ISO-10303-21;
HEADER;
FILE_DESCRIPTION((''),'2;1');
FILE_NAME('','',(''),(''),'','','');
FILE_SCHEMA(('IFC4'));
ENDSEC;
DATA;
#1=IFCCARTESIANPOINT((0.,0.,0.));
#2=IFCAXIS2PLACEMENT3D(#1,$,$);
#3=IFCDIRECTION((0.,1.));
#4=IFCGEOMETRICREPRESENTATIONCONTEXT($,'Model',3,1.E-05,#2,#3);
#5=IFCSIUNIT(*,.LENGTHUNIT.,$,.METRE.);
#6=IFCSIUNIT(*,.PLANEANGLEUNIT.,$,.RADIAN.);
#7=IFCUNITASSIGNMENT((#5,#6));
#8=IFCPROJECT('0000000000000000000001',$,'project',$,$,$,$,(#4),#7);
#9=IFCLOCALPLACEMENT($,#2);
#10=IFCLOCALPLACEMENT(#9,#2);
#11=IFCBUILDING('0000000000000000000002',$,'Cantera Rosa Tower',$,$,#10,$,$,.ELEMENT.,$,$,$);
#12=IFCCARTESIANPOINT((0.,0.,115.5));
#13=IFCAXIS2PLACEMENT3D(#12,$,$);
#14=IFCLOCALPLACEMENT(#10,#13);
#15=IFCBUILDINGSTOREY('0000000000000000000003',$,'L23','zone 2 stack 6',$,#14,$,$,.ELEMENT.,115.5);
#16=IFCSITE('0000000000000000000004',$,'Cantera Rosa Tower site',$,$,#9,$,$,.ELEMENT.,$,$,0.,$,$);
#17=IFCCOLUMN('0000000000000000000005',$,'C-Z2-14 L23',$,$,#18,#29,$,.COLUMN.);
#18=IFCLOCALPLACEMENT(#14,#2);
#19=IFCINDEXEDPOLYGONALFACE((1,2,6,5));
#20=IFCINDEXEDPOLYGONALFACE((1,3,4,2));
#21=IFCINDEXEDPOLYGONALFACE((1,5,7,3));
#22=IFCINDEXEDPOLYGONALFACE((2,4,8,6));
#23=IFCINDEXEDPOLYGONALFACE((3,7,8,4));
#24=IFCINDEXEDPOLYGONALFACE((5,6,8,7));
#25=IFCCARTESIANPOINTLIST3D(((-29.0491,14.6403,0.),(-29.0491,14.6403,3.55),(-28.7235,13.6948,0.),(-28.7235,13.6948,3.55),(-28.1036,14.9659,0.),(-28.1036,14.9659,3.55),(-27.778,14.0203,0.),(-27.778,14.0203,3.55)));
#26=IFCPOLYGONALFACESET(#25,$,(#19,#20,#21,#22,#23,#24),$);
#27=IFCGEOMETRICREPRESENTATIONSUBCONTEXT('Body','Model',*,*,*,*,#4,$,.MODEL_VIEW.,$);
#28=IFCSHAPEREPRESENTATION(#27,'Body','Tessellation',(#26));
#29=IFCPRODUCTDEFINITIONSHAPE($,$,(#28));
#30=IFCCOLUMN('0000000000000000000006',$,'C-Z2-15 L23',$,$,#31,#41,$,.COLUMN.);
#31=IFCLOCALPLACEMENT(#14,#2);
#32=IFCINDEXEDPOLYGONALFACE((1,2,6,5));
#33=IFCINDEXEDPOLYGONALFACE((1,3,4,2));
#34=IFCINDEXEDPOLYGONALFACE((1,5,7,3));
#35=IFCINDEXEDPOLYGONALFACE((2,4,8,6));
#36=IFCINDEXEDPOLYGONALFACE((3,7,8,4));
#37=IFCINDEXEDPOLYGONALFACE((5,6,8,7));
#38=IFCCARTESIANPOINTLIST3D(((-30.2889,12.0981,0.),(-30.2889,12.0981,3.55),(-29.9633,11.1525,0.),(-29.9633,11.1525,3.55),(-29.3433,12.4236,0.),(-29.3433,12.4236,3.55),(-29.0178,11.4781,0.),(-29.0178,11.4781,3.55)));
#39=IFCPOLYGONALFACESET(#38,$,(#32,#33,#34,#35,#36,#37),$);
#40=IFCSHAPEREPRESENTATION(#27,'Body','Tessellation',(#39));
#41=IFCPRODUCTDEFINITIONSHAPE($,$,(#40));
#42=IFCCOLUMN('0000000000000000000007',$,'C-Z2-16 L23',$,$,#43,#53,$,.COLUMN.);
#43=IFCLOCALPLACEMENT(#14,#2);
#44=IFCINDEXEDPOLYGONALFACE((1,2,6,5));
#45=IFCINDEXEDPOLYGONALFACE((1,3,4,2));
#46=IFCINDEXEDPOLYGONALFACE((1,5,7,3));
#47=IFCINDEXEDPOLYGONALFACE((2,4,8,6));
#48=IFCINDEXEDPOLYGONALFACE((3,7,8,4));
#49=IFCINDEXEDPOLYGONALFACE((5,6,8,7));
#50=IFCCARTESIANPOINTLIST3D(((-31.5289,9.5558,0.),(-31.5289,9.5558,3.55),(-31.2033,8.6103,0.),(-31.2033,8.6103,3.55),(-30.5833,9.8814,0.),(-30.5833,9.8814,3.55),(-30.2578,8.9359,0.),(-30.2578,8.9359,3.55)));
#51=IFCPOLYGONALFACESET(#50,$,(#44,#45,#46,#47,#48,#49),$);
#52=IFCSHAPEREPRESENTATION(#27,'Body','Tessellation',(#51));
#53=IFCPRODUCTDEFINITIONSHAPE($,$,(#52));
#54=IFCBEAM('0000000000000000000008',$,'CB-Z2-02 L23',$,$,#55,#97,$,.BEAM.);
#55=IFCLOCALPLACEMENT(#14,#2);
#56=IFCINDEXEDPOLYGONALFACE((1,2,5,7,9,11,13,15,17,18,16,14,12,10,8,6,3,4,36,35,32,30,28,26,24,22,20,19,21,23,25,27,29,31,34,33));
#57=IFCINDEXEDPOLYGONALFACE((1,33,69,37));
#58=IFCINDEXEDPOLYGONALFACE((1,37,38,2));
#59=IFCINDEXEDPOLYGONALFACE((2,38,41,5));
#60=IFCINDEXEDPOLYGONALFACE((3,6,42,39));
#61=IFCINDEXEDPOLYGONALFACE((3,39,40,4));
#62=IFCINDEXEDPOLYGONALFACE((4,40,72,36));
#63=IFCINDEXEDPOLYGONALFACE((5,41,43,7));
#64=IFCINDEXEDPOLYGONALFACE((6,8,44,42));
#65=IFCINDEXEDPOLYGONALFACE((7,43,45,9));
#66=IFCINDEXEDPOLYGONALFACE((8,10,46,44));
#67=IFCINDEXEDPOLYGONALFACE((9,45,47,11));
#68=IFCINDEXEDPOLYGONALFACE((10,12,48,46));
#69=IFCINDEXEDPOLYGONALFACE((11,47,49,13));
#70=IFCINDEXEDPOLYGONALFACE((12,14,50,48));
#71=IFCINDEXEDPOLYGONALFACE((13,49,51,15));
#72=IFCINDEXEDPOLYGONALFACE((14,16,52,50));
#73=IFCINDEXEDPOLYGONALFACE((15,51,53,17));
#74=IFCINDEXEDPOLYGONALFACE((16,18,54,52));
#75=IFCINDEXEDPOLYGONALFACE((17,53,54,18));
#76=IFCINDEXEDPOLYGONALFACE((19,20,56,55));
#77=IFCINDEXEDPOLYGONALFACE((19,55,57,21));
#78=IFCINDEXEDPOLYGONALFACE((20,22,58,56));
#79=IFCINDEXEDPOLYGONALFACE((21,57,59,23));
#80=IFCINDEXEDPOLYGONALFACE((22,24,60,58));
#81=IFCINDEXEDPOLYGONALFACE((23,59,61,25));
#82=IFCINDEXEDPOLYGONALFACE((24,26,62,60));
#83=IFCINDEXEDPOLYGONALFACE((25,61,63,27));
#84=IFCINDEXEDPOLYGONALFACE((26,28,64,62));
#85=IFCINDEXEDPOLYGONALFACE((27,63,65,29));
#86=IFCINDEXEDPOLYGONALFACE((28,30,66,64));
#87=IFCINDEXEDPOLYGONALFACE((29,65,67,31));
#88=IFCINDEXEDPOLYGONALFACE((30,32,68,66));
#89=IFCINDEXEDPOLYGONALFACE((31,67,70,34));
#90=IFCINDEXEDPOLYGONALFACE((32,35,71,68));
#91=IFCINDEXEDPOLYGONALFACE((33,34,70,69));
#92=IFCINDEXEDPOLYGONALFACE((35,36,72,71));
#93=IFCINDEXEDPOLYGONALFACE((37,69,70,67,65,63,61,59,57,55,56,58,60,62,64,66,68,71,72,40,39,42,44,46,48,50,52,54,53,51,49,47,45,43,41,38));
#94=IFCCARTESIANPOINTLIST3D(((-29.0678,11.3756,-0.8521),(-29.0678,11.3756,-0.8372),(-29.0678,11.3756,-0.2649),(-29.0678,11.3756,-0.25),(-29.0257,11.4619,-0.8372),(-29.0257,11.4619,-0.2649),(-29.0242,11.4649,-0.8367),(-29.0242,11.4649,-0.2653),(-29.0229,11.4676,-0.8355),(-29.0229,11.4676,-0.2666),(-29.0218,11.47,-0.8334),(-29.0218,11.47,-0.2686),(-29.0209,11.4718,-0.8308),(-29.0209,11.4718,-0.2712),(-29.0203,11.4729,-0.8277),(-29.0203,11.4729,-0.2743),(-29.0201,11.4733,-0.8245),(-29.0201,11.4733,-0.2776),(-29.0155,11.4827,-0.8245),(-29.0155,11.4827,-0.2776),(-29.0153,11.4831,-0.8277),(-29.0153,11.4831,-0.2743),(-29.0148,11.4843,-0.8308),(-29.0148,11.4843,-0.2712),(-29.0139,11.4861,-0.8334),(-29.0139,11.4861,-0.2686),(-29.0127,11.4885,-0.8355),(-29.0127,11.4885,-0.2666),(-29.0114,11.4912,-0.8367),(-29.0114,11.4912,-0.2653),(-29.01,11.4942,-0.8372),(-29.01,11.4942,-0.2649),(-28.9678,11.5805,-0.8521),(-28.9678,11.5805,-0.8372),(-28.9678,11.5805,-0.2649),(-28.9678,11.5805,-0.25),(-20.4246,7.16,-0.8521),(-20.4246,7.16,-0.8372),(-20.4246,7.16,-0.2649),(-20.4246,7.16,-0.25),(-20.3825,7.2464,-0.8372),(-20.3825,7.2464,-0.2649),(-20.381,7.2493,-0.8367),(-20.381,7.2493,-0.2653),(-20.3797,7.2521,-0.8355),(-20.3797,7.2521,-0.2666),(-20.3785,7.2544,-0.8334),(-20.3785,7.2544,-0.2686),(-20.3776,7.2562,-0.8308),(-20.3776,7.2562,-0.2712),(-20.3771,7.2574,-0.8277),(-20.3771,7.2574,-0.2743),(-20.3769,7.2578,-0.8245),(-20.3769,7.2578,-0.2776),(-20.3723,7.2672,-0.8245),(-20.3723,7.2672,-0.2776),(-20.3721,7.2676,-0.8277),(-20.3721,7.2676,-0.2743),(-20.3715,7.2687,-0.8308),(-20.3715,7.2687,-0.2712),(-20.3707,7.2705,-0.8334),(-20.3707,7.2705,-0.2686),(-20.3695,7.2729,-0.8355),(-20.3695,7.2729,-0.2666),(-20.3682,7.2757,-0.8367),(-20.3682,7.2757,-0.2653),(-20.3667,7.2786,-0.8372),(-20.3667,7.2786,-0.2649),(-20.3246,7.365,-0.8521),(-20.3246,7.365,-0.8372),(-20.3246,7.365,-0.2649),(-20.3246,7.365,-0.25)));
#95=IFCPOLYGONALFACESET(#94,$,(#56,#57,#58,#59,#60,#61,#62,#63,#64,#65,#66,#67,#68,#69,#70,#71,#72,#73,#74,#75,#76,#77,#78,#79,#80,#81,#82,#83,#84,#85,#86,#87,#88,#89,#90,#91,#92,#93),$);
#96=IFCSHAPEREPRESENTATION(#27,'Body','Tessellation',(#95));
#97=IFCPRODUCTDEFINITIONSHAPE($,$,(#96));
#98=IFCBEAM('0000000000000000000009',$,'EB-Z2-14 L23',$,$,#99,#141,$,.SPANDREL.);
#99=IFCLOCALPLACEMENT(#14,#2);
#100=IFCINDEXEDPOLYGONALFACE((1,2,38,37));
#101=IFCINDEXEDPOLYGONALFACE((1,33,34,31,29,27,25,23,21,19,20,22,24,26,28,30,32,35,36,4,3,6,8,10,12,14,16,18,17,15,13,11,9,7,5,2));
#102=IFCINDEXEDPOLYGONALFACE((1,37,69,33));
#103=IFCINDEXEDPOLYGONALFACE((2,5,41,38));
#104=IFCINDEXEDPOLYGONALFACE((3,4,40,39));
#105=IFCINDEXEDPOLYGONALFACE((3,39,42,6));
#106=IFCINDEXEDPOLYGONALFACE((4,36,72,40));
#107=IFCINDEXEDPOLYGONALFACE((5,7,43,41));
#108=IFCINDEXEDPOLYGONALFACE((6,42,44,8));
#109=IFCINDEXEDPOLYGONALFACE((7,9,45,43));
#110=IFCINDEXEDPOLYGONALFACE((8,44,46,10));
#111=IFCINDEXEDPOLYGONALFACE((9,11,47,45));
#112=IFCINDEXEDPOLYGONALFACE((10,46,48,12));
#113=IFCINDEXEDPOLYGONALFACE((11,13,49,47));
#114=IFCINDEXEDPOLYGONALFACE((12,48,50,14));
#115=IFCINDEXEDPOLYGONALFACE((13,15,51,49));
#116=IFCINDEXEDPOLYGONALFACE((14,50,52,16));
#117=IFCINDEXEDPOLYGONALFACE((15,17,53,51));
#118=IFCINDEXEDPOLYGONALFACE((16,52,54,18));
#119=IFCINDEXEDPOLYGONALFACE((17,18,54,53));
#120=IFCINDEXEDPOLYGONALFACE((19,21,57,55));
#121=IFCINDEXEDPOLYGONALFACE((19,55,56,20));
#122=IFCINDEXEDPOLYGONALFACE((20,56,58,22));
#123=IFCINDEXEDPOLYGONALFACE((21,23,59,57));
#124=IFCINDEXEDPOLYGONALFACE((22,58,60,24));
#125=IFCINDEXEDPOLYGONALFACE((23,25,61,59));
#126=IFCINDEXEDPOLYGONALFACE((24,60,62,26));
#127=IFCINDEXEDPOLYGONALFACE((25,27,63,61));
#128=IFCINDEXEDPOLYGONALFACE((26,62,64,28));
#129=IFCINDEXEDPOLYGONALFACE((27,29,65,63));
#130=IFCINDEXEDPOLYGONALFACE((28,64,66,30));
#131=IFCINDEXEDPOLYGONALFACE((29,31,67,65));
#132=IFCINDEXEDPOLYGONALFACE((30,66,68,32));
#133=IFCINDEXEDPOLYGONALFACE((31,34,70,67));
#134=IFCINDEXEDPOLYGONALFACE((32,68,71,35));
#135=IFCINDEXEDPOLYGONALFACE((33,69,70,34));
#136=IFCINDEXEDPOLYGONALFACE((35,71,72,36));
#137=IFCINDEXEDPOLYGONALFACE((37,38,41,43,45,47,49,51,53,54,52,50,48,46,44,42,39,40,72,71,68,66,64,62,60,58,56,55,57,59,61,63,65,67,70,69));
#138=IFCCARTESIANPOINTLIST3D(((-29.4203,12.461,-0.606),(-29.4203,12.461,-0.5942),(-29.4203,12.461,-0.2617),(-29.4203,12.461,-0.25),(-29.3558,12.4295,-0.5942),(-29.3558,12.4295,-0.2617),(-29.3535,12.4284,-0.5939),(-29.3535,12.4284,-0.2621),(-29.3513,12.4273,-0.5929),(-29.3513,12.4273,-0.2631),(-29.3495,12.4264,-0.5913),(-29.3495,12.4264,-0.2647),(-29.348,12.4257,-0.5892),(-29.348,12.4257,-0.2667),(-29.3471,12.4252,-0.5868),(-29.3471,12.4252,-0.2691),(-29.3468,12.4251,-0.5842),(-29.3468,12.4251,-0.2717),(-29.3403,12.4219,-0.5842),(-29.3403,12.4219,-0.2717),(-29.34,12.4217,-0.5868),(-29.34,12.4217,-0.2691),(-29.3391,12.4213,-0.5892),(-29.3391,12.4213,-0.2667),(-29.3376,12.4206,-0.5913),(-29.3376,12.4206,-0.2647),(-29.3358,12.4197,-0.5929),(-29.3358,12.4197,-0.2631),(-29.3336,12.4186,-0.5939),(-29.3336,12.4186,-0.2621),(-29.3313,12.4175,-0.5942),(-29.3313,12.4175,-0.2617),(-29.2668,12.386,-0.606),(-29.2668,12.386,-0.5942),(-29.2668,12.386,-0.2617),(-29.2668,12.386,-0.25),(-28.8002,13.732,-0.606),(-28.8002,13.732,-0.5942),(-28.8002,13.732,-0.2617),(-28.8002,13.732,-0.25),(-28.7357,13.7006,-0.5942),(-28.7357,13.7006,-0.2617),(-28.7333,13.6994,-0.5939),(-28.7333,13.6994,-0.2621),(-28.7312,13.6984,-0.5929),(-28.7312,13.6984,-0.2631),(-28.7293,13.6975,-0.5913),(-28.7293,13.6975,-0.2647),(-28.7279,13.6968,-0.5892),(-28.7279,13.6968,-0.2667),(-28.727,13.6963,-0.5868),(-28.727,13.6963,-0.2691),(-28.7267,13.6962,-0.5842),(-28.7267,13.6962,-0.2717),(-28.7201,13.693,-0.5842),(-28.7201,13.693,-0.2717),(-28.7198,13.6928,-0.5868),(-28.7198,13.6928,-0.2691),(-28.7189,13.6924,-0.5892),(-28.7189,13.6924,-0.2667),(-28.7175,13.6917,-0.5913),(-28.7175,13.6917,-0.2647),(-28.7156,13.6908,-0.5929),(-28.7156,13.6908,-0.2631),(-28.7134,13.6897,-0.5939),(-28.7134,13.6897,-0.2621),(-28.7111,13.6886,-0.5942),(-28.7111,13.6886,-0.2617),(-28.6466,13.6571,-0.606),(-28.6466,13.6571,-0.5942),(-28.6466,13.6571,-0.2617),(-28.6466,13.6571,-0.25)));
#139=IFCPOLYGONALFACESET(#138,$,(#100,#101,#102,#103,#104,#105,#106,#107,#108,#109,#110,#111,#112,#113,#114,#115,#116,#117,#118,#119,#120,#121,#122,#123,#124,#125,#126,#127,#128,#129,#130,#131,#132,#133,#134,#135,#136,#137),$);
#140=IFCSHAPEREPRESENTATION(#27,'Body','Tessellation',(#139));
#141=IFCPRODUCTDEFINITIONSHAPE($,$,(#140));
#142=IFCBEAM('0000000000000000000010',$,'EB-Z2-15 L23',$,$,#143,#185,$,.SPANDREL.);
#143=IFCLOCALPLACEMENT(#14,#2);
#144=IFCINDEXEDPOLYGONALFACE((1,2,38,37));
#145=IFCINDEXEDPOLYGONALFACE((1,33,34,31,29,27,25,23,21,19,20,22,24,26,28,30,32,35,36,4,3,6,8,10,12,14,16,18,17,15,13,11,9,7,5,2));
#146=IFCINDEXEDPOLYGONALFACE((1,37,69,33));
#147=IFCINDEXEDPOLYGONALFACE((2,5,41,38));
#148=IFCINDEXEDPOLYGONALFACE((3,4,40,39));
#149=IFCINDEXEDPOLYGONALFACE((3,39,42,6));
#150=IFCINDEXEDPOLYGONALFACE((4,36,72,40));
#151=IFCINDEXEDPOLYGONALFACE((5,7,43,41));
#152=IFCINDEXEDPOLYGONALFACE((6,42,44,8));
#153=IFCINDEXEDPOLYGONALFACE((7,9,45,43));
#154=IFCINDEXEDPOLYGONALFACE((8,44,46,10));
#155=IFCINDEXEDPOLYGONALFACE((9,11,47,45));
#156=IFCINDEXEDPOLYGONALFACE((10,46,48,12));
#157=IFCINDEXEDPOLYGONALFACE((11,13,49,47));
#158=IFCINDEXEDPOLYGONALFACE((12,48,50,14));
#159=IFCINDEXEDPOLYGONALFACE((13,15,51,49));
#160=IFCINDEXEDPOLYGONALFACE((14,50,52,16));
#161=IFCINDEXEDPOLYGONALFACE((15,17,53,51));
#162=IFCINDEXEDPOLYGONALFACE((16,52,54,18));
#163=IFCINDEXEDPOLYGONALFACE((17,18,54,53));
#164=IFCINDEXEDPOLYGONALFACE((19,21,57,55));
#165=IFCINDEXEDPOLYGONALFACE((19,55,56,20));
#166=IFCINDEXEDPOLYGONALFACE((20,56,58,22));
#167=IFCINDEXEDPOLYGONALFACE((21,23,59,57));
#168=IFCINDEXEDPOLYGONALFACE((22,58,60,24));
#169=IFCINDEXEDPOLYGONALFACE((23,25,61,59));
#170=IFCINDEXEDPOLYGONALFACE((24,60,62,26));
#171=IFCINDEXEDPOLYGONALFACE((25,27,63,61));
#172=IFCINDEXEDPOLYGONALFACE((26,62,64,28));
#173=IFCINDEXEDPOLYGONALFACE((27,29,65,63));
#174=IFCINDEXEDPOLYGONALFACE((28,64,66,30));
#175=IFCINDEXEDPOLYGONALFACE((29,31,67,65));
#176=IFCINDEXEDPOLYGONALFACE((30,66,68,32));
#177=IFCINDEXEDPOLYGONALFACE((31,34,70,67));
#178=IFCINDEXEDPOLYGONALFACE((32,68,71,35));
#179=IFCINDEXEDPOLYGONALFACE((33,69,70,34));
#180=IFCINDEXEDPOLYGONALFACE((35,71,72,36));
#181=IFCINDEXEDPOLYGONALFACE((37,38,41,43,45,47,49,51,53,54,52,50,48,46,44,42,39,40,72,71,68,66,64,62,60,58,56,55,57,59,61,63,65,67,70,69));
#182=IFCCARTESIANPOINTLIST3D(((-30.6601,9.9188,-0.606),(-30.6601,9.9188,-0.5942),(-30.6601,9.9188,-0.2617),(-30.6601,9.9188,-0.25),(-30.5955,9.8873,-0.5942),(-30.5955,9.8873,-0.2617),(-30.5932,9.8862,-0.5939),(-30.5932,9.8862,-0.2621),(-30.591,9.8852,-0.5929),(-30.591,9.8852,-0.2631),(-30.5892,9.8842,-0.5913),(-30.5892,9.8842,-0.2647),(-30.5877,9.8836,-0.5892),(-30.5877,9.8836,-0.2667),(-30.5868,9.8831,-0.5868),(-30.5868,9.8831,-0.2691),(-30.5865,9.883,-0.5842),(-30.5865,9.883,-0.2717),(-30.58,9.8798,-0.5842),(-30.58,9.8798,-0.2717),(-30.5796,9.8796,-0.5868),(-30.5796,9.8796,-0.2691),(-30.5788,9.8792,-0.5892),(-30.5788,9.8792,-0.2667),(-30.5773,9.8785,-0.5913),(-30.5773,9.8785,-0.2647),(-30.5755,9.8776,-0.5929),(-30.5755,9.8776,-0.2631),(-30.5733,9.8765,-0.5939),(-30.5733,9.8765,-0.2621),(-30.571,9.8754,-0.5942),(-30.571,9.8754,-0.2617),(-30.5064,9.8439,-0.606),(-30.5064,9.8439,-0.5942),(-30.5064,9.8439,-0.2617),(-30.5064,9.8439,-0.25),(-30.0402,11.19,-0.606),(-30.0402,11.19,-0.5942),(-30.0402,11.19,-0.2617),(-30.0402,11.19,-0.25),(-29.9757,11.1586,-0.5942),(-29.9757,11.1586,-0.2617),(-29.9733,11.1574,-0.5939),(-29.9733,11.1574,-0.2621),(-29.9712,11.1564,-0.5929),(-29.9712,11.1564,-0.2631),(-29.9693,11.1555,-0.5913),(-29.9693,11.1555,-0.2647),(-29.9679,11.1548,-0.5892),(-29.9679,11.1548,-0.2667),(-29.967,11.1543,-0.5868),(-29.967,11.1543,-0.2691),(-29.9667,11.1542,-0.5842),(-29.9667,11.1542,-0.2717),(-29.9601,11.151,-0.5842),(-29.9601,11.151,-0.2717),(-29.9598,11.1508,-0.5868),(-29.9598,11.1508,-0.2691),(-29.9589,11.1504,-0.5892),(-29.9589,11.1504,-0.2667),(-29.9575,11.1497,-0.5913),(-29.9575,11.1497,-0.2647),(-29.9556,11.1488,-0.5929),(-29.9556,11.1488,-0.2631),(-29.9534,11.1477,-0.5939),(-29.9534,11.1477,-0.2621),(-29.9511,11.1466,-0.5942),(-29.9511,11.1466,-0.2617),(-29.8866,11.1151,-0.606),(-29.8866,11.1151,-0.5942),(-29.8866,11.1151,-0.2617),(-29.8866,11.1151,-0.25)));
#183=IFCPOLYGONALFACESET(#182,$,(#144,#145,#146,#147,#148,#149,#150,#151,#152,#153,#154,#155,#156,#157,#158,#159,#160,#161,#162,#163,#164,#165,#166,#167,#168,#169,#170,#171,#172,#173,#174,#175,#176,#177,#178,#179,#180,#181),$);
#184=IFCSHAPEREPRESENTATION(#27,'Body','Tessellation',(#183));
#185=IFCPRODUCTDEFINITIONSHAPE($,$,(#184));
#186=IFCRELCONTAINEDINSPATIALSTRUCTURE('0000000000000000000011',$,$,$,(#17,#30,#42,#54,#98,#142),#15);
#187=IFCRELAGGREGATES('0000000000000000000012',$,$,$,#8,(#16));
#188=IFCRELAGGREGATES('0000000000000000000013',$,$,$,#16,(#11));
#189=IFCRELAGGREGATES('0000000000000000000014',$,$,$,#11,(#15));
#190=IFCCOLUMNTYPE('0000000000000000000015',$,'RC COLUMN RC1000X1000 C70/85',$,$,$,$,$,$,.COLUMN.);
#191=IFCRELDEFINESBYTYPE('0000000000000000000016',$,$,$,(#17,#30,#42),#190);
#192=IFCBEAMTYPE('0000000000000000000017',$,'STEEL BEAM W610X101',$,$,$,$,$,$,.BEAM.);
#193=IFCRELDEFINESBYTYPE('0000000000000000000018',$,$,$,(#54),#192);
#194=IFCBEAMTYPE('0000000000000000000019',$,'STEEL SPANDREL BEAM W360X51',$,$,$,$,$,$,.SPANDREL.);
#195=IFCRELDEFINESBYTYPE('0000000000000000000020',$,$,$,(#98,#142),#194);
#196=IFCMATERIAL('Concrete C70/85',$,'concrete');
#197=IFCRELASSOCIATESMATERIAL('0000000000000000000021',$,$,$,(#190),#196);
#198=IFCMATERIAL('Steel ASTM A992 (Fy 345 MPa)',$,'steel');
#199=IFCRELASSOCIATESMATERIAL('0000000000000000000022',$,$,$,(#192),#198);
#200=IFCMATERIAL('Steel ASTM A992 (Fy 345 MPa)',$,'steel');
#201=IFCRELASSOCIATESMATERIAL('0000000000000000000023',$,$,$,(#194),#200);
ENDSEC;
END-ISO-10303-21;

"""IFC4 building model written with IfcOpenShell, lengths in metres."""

from ifc_helpers import new_model, si_unit, direction, frame, origin, origin_2d, place, context, subcontext, project, spatial, rectangle, i_section, extrude, material, material_profile, profile_set, type_object, element, save


model = new_model("IFC4")

# Units and contexts
model_context = context("Model", 3, precision=1e-05, world=origin(), true_north=direction((0.0, 1.0)))
body_context = subcontext(model_context, "Body", "Model", "MODEL_VIEW")
ifc_project = project(units=[si_unit("LENGTHUNIT", "METRE"), si_unit("PLANEANGLEUNIT", "RADIAN")], contexts=[model_context])

# Site, building, storey
site_placement = place(None, origin())
site = spatial("IfcSite", under=ifc_project, at=site_placement, Name="Cantera Rosa Tower site", CompositionType="ELEMENT", RefElevation=0.0)
building_placement = place(site_placement, origin())
building = spatial("IfcBuilding", under=site, at=building_placement, Name="Cantera Rosa Tower", CompositionType="ELEMENT")
storey_placement = place(building_placement, frame((0.0, 0.0, 115.5)))
storey = spatial("IfcBuildingStorey", under=building, at=storey_placement, Name="L23", Description="zone 2 stack 6", CompositionType="ELEMENT", Elevation=115.5)

# Columns
ifc_material_1 = material(Name="Concrete C70/85", Category="concrete")
ifc_material_profile_1 = material_profile(ifc_material_1, rectangle(XDim=1.0, YDim=1.0, at=origin_2d()), Name="RC COLUMN RC1000X1000 C70/85")
ifc_profile_set_1 = profile_set([ifc_material_profile_1], Name="Concrete C70/85")
column_type = type_object("IfcColumnType", Name="RC COLUMN RC1000X1000 C70/85", PredefinedType="COLUMN", material=ifc_profile_set_1)
for number, where, z_axis, x_axis, name in (
    (1, (-28.4136, 14.3303, 0.0), (0.0, 0.0, 1.0), (0.945519, 0.325568, 0.0), "C-Z2-14 L23"),
    (2, (-29.6533, 11.7881, 0.0), (0.0, 0.0, 1.0), (0.945519, 0.325568, 0.0), "C-Z2-15 L23"),
    (3, (-30.8933, 9.2458, 0.0), (0.0, 0.0, 1.0), (0.945519, 0.325568, 0.0), "C-Z2-16 L23"),
):
    element("IfcColumn", number, at=place(storey_placement, frame(where, z_axis=z_axis, x_axis=x_axis)), inside=storey, type_object=column_type, Name=name, PredefinedType="COLUMN", context=body_context, shape_type="SweptSolid", body=[
        extrude(rectangle(XDim=1.0, YDim=1.0, at=origin_2d()), origin(), (0.0, 0.0, 1.0), 3.55),
    ])

# Beams
ifc_material_2 = material(Name="Steel ASTM A992 (Fy 345 MPa)", Category="steel")
ifc_material_profile_2 = material_profile(ifc_material_2, i_section(OverallWidth=0.228, OverallDepth=0.6021, WebThickness=0.0105, FlangeThickness=0.0149, FilletRadius=0.0127, at=origin_2d()), Name="W610X101")
ifc_profile_set_2 = profile_set([ifc_material_profile_2], Name="Steel ASTM A992 (Fy 345 MPa)")
beam_type_1 = type_object("IfcBeamType", Name="STEEL BEAM W610X101", PredefinedType="BEAM", material=ifc_profile_set_2)
beam_1_placement = place(storey_placement, frame((-29.0178, 11.478, -0.551), z_axis=(0.898796, -0.438367, 0.0), x_axis=(0.438367, 0.898796, 0.0)))
element("IfcBeam", 4, at=beam_1_placement, inside=storey, type_object=beam_type_1, Name="CB-Z2-02 L23", PredefinedType="BEAM", context=body_context, shape_type="SweptSolid", body=[
    extrude(i_section(OverallWidth=0.228, OverallDepth=0.6021, WebThickness=0.0105, FlangeThickness=0.0149, FilletRadius=0.0127, at=origin_2d()), origin(), (0.0, 0.0, 1.0), 9.6165),
])
ifc_material_3 = material(Name="Steel ASTM A992 (Fy 345 MPa)", Category="steel")
ifc_material_profile_3 = material_profile(ifc_material_3, i_section(OverallWidth=0.1709, OverallDepth=0.356, WebThickness=0.0073, FlangeThickness=0.0117, FilletRadius=0.01, at=origin_2d()), Name="W360X51")
ifc_profile_set_3 = profile_set([ifc_material_profile_3], Name="Steel ASTM A992 (Fy 345 MPa)")
beam_type_2 = type_object("IfcBeamType", Name="STEEL SPANDREL BEAM W360X51", PredefinedType="SPANDREL", material=ifc_profile_set_3)
for number, where, z_axis, x_axis, name in (
    (5, (-28.7234, 13.6946, -0.428), (-0.438492, -0.898735, 0.0), (0.898735, -0.438492, 0.0), "EB-Z2-14 L23"),
    (6, (-29.9634, 11.1526, -0.428), (-0.438284, -0.898836, 0.0), (0.898836, -0.438284, 0.0), "EB-Z2-15 L23"),
):
    element("IfcBeam", number, at=place(storey_placement, frame(where, z_axis=z_axis, x_axis=x_axis)), inside=storey, type_object=beam_type_2, Name=name, PredefinedType="SPANDREL", context=body_context, shape_type="SweptSolid", body=[
        extrude(i_section(OverallWidth=0.1709, OverallDepth=0.356, WebThickness=0.0073, FlangeThickness=0.0117, FilletRadius=0.01, at=origin_2d()), origin(), (0.0, 0.0, 1.0), 1.4143),
    ])

save(model, "model.ifc")
